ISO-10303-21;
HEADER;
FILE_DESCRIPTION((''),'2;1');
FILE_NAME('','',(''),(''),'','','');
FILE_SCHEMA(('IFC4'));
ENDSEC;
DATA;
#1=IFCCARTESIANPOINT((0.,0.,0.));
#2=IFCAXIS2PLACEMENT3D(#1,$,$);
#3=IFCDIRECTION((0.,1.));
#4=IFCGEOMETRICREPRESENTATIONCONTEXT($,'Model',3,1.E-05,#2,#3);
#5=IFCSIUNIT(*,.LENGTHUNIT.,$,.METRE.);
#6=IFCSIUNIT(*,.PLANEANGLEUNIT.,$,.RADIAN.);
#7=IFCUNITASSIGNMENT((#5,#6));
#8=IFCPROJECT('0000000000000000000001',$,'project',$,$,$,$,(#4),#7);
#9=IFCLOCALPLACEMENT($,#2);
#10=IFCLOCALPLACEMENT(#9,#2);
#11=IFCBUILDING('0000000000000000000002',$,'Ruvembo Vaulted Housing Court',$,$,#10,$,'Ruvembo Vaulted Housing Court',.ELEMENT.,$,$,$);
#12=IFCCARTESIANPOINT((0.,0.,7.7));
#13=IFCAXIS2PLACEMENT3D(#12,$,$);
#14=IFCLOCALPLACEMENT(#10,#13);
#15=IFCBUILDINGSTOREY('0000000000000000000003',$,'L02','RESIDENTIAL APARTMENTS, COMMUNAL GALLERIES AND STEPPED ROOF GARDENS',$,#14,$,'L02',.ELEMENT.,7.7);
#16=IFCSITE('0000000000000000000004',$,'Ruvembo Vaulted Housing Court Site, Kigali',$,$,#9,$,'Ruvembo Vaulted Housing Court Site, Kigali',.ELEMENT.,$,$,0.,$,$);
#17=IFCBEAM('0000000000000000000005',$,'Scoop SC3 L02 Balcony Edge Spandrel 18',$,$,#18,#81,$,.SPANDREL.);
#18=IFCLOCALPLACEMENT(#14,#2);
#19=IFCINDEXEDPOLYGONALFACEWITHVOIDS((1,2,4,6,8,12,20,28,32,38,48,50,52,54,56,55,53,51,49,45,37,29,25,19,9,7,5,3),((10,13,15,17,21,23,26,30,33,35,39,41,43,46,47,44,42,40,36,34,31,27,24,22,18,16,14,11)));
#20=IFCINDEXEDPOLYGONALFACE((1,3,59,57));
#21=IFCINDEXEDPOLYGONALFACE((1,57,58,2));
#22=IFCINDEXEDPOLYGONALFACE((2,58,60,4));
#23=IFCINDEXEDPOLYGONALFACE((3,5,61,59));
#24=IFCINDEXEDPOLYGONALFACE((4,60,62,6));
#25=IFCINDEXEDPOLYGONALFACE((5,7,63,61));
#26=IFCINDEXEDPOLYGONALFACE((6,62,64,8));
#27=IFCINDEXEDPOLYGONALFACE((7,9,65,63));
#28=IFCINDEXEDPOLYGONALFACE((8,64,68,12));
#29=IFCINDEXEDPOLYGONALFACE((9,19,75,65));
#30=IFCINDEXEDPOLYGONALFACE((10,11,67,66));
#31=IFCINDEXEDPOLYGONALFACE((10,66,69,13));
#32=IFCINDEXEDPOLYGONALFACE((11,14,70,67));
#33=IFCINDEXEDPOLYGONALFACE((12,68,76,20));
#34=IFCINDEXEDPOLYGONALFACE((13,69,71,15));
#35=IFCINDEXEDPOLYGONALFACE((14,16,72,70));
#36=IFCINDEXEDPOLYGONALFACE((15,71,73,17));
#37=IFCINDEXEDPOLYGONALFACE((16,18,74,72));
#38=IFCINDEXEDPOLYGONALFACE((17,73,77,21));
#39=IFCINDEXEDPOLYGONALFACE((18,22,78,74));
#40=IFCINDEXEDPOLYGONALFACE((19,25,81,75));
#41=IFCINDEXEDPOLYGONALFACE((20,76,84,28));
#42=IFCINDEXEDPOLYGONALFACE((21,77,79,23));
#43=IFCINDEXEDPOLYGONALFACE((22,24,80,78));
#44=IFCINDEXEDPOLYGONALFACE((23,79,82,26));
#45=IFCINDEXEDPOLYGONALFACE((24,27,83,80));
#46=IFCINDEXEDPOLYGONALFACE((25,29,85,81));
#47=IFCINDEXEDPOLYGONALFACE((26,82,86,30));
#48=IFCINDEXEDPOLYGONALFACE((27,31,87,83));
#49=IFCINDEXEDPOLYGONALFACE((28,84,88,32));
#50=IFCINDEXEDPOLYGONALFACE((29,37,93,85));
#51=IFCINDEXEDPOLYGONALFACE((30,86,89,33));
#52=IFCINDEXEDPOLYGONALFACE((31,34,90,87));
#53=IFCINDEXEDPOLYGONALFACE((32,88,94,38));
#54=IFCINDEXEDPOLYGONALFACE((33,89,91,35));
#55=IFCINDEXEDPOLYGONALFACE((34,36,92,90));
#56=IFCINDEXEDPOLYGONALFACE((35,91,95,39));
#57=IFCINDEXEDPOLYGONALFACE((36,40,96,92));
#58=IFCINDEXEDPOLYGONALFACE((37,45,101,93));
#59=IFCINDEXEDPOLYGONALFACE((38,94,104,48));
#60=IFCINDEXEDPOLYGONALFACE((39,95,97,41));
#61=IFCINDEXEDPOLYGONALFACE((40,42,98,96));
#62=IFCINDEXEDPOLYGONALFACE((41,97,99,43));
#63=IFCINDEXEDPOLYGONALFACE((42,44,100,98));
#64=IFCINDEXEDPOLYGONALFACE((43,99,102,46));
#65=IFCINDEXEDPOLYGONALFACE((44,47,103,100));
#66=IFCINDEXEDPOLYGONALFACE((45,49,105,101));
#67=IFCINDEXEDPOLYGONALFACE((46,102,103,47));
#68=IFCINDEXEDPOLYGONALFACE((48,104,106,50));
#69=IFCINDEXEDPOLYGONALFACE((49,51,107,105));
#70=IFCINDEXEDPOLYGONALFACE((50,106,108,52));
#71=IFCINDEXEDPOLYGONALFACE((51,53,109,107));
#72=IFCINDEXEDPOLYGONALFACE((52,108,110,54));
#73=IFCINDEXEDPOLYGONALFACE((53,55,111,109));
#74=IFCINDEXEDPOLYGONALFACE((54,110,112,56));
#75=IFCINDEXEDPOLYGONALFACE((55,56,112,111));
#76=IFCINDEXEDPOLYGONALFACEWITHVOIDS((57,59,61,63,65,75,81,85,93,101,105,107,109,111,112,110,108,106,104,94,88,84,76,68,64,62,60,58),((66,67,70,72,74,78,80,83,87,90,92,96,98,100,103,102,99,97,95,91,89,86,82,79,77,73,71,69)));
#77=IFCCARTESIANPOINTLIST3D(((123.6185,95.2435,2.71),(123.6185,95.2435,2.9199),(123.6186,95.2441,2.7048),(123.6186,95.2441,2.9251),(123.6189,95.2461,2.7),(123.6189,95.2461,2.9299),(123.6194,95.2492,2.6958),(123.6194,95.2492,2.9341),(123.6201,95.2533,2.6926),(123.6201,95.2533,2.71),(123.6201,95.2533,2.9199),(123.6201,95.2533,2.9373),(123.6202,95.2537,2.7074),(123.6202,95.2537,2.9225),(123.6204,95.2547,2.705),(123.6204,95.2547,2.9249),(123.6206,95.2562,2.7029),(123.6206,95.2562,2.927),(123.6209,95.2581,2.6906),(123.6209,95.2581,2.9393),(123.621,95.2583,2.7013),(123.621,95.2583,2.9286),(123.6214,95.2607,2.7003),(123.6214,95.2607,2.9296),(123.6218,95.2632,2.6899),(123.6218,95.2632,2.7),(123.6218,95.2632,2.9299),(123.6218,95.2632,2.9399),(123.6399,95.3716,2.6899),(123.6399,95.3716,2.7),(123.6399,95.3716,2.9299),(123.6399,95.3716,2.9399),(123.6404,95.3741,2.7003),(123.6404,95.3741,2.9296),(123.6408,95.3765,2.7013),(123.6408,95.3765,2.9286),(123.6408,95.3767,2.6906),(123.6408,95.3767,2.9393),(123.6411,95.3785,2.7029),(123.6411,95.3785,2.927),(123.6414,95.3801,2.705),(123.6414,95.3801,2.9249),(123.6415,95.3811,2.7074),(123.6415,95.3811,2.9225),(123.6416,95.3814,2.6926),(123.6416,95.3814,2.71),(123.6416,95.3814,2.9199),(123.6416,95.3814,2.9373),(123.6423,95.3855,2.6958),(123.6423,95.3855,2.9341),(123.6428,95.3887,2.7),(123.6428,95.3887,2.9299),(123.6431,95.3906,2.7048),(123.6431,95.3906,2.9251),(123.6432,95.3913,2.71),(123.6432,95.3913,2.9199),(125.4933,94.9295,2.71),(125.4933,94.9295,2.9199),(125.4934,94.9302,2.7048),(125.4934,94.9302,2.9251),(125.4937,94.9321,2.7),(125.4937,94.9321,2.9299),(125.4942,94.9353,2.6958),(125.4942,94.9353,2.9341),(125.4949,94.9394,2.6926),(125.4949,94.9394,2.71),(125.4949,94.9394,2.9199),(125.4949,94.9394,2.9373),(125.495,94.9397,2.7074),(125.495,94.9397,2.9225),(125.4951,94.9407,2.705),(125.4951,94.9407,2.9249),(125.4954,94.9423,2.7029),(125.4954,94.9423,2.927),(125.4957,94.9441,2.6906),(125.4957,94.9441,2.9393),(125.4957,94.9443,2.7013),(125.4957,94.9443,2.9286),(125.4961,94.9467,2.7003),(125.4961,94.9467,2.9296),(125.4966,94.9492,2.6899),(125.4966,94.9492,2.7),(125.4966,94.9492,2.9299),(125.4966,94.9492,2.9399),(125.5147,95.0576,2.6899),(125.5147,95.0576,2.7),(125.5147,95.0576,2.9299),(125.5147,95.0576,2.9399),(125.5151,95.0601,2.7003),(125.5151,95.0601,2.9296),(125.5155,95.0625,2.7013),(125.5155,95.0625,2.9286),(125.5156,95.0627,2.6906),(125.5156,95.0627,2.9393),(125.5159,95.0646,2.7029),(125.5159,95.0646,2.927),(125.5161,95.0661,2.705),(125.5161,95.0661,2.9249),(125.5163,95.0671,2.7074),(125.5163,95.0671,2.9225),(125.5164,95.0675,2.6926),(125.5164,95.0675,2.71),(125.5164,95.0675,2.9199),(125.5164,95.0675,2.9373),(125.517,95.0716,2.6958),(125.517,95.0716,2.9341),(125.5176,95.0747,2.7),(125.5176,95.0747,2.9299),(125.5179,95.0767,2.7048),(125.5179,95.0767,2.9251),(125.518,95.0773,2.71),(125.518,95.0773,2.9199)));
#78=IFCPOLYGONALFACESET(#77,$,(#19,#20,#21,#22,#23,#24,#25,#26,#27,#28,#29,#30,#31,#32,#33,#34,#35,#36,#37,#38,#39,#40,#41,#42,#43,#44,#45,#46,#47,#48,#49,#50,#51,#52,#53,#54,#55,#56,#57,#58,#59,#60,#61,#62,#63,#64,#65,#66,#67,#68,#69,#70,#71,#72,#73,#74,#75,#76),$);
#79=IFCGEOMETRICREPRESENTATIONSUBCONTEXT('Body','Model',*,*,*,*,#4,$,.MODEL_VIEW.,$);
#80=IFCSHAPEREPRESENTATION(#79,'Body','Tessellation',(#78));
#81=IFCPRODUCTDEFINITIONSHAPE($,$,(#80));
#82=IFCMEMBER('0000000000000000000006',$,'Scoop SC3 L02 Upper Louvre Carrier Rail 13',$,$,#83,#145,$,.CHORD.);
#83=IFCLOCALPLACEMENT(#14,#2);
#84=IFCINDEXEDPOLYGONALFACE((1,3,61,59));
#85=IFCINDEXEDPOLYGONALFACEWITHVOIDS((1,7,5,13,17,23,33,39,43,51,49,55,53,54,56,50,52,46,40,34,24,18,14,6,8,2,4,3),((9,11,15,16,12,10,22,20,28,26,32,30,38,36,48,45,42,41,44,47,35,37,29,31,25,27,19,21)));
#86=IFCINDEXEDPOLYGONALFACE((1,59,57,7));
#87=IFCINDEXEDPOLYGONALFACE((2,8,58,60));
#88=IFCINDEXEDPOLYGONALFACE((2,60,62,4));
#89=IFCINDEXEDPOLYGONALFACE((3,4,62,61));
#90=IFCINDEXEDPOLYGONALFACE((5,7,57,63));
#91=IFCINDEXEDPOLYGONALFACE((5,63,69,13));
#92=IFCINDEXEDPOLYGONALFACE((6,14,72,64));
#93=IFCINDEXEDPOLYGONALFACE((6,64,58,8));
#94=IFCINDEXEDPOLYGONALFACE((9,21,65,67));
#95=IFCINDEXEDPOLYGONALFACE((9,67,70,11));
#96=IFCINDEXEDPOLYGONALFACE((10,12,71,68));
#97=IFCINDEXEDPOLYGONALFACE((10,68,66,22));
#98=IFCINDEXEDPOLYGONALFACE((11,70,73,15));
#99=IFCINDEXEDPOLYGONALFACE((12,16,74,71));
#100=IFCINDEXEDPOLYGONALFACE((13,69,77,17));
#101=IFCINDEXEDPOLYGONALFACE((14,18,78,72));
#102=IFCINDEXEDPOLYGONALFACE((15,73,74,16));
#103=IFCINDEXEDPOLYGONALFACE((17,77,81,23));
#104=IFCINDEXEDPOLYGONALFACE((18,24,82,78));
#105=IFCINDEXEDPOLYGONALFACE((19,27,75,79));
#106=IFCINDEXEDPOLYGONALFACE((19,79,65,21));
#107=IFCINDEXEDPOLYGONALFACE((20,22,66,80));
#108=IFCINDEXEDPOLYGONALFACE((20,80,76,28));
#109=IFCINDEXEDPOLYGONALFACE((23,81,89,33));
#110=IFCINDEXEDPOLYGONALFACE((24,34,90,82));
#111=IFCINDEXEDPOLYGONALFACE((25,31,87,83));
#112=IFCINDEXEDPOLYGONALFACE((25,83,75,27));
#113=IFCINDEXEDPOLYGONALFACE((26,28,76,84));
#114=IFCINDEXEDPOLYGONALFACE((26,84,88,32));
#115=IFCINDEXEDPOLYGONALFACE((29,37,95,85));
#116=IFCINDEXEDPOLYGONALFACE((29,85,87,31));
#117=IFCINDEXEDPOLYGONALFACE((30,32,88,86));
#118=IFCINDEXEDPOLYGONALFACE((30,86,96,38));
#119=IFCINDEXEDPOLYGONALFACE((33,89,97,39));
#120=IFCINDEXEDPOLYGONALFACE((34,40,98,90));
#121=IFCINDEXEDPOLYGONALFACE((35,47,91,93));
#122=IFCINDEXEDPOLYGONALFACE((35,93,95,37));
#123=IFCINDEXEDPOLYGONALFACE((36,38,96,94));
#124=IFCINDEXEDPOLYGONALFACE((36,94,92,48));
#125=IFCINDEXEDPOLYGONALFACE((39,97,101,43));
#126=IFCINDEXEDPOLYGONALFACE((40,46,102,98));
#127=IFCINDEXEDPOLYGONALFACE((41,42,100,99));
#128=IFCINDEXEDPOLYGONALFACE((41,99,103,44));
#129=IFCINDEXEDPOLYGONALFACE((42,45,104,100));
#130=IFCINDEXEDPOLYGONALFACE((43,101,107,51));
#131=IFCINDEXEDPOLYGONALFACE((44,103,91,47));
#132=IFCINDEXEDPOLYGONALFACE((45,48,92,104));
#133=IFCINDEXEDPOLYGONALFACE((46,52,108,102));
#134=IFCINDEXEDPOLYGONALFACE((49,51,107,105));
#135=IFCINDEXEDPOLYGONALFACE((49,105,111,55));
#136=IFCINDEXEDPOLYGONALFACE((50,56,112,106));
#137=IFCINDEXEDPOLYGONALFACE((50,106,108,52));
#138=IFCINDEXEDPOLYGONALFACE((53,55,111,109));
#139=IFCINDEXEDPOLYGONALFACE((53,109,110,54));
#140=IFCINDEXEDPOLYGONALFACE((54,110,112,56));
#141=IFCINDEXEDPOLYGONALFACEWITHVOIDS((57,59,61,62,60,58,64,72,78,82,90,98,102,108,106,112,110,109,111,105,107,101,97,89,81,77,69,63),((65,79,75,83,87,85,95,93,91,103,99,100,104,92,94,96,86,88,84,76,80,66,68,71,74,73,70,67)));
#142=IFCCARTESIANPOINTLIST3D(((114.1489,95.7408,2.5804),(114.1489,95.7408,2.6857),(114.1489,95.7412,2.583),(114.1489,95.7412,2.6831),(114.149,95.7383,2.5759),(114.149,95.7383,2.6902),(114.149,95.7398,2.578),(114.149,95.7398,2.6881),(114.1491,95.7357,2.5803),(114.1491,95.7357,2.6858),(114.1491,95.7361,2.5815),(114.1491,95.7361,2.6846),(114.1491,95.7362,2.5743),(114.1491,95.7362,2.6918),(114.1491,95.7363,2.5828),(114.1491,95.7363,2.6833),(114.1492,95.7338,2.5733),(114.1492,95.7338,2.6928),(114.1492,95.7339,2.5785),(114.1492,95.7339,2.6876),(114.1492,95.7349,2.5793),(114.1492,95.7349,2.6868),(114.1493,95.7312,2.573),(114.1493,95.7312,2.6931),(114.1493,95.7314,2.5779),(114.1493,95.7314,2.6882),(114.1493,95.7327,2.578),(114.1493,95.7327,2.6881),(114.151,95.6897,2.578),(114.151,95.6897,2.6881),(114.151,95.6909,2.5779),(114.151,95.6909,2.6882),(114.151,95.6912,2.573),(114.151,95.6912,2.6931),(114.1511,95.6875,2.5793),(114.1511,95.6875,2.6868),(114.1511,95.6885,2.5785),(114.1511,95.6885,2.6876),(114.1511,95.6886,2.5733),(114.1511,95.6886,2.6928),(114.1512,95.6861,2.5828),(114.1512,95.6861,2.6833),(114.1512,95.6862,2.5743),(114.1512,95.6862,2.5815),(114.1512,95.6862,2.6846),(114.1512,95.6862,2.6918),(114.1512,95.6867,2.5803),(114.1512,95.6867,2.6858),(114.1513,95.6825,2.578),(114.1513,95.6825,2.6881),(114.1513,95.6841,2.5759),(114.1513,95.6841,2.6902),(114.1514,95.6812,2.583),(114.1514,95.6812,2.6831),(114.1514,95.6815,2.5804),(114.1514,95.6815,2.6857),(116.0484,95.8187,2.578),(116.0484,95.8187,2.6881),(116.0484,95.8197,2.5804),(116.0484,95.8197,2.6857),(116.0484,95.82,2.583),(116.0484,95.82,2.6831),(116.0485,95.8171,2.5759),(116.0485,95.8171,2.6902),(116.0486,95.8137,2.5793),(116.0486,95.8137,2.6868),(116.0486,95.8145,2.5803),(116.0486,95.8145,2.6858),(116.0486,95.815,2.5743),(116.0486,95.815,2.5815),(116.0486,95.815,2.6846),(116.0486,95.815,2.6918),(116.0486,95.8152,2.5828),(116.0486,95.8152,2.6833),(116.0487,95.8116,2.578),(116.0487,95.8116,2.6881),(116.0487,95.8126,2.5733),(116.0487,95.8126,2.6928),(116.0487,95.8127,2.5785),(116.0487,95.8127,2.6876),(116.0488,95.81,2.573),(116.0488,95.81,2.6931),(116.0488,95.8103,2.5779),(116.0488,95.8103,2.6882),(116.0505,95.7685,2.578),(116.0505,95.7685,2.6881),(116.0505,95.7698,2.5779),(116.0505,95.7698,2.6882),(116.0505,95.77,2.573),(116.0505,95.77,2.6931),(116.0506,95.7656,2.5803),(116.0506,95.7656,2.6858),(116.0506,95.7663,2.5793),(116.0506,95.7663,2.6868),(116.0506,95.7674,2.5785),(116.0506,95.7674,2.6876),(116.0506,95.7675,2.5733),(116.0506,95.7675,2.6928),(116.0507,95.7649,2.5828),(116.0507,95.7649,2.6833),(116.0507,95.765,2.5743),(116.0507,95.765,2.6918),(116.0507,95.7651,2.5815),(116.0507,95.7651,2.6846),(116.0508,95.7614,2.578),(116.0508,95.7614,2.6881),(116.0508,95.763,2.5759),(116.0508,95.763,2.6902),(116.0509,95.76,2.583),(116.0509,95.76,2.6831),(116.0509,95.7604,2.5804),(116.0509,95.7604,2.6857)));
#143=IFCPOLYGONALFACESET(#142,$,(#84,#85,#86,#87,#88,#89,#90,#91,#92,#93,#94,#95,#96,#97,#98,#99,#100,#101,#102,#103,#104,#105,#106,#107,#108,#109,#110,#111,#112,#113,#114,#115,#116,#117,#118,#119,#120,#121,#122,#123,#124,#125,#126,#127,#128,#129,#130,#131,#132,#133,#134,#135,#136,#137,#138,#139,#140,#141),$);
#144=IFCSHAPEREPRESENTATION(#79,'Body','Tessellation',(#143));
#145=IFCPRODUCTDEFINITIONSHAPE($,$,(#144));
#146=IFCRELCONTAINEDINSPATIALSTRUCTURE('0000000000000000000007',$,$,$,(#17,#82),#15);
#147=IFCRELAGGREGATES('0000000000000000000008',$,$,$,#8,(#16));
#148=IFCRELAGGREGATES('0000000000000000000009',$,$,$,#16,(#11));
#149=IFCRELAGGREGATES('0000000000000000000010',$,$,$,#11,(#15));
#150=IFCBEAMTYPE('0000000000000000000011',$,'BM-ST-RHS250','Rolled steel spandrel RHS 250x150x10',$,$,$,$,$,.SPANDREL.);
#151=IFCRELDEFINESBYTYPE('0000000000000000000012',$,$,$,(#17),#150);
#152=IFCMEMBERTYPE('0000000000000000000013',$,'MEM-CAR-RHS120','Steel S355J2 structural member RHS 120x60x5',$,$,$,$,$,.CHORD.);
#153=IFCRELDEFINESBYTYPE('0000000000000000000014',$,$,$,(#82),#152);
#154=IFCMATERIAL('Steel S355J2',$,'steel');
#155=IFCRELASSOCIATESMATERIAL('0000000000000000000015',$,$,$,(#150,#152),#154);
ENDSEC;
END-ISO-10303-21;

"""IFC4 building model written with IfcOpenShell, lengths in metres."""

from ifc_helpers import new_model, si_unit, direction, frame, origin, origin_2d, place, context, subcontext, project, spatial, hollow_rectangle, extrude, material, material_profile, profile_set, type_object, element, save


model = new_model("IFC4")

# Units and contexts
model_context = context("Model", 3, precision=1e-05, world=origin(), true_north=direction((0.0, 1.0)))
body_context = subcontext(model_context, "Body", "Model", "MODEL_VIEW")
ifc_project = project(units=[si_unit("LENGTHUNIT", "METRE"), si_unit("PLANEANGLEUNIT", "RADIAN")], contexts=[model_context])

# Site, building, storey
site_placement = place(None, origin())
site = spatial("IfcSite", under=ifc_project, at=site_placement, Name="Ruvembo Vaulted Housing Court Site, Kigali", LongName="Ruvembo Vaulted Housing Court Site, Kigali", CompositionType="ELEMENT", RefElevation=0.0)
building_placement = place(site_placement, origin())
building = spatial("IfcBuilding", under=site, at=building_placement, Name="Ruvembo Vaulted Housing Court", LongName="Ruvembo Vaulted Housing Court", CompositionType="ELEMENT")
storey_placement = place(building_placement, frame((0.0, 0.0, 7.7)))
storey = spatial("IfcBuildingStorey", under=building, at=storey_placement, Name="L02", Description="RESIDENTIAL APARTMENTS, COMMUNAL GALLERIES AND STEPPED ROOF GARDENS", LongName="L02", CompositionType="ELEMENT", Elevation=7.7)

# Beam
ifc_material_1 = material(Name="Steel S355J2", Category="steel")
ifc_material_profile_1 = material_profile(ifc_material_1, hollow_rectangle(XDim=0.1499, YDim=0.25, WallThickness=0.01, InnerFilletRadius=0.01, OuterFilletRadius=0.02, at=origin_2d()), Name="RHS 250x150x10")
ifc_profile_set_1 = profile_set([ifc_material_profile_1], Name="Steel S355J2")
beam_type = type_object("IfcBeamType", Name="BM-ST-RHS250", Description="Rolled steel spandrel RHS 250x150x10", PredefinedType="SPANDREL", material=ifc_profile_set_1)
beam_1_placement = place(storey_placement, frame((123.6309, 95.3174, 2.8149), z_axis=(0.986265, -0.16517, 0.0), x_axis=(0.16517, 0.986265, 0.0)))
element("IfcBeam", 1, at=beam_1_placement, inside=storey, type_object=beam_type, Name="Scoop SC3 L02 Balcony Edge Spandrel 18", PredefinedType="SPANDREL", context=body_context, shape_type="SweptSolid", body=[
    extrude(hollow_rectangle(XDim=0.1499, YDim=0.25, WallThickness=0.01, InnerFilletRadius=0.01, OuterFilletRadius=0.02, at=origin_2d()), origin(), (0.0, 0.0, 1.0), 1.9009),
])

# Member
ifc_material_profile_2 = material_profile(ifc_material_1, hollow_rectangle(XDim=0.0601, YDim=0.1201, WallThickness=0.0049, InnerFilletRadius=0.0049, OuterFilletRadius=0.01, at=origin_2d()), Name="RHS 120x60x5")
ifc_profile_set_2 = profile_set([ifc_material_profile_2], Name="Steel S355J2")
member_type_1 = type_object("IfcMemberType", Name="MEM-CAR-RHS120", Description="Steel S355J2 structural member RHS 120x60x5", PredefinedType="CHORD", material=ifc_profile_set_2)
member_1_placement = place(storey_placement, frame((114.1501, 95.7112, 2.6331), z_axis=(0.999139, 0.041481, 0.0), x_axis=(-0.041481, 0.999139, 0.0)))
element("IfcMember", 2, at=member_1_placement, inside=storey, type_object=member_type_1, Name="Scoop SC3 L02 Upper Louvre Carrier Rail 13", PredefinedType="CHORD", context=body_context, shape_type="SweptSolid", body=[
    extrude(hollow_rectangle(XDim=0.0601, YDim=0.1201, WallThickness=0.0049, InnerFilletRadius=0.0049, OuterFilletRadius=0.01, at=origin_2d()), origin(), (0.0, 0.0, 1.0), 1.9011),
])

save(model, "model.ifc")
